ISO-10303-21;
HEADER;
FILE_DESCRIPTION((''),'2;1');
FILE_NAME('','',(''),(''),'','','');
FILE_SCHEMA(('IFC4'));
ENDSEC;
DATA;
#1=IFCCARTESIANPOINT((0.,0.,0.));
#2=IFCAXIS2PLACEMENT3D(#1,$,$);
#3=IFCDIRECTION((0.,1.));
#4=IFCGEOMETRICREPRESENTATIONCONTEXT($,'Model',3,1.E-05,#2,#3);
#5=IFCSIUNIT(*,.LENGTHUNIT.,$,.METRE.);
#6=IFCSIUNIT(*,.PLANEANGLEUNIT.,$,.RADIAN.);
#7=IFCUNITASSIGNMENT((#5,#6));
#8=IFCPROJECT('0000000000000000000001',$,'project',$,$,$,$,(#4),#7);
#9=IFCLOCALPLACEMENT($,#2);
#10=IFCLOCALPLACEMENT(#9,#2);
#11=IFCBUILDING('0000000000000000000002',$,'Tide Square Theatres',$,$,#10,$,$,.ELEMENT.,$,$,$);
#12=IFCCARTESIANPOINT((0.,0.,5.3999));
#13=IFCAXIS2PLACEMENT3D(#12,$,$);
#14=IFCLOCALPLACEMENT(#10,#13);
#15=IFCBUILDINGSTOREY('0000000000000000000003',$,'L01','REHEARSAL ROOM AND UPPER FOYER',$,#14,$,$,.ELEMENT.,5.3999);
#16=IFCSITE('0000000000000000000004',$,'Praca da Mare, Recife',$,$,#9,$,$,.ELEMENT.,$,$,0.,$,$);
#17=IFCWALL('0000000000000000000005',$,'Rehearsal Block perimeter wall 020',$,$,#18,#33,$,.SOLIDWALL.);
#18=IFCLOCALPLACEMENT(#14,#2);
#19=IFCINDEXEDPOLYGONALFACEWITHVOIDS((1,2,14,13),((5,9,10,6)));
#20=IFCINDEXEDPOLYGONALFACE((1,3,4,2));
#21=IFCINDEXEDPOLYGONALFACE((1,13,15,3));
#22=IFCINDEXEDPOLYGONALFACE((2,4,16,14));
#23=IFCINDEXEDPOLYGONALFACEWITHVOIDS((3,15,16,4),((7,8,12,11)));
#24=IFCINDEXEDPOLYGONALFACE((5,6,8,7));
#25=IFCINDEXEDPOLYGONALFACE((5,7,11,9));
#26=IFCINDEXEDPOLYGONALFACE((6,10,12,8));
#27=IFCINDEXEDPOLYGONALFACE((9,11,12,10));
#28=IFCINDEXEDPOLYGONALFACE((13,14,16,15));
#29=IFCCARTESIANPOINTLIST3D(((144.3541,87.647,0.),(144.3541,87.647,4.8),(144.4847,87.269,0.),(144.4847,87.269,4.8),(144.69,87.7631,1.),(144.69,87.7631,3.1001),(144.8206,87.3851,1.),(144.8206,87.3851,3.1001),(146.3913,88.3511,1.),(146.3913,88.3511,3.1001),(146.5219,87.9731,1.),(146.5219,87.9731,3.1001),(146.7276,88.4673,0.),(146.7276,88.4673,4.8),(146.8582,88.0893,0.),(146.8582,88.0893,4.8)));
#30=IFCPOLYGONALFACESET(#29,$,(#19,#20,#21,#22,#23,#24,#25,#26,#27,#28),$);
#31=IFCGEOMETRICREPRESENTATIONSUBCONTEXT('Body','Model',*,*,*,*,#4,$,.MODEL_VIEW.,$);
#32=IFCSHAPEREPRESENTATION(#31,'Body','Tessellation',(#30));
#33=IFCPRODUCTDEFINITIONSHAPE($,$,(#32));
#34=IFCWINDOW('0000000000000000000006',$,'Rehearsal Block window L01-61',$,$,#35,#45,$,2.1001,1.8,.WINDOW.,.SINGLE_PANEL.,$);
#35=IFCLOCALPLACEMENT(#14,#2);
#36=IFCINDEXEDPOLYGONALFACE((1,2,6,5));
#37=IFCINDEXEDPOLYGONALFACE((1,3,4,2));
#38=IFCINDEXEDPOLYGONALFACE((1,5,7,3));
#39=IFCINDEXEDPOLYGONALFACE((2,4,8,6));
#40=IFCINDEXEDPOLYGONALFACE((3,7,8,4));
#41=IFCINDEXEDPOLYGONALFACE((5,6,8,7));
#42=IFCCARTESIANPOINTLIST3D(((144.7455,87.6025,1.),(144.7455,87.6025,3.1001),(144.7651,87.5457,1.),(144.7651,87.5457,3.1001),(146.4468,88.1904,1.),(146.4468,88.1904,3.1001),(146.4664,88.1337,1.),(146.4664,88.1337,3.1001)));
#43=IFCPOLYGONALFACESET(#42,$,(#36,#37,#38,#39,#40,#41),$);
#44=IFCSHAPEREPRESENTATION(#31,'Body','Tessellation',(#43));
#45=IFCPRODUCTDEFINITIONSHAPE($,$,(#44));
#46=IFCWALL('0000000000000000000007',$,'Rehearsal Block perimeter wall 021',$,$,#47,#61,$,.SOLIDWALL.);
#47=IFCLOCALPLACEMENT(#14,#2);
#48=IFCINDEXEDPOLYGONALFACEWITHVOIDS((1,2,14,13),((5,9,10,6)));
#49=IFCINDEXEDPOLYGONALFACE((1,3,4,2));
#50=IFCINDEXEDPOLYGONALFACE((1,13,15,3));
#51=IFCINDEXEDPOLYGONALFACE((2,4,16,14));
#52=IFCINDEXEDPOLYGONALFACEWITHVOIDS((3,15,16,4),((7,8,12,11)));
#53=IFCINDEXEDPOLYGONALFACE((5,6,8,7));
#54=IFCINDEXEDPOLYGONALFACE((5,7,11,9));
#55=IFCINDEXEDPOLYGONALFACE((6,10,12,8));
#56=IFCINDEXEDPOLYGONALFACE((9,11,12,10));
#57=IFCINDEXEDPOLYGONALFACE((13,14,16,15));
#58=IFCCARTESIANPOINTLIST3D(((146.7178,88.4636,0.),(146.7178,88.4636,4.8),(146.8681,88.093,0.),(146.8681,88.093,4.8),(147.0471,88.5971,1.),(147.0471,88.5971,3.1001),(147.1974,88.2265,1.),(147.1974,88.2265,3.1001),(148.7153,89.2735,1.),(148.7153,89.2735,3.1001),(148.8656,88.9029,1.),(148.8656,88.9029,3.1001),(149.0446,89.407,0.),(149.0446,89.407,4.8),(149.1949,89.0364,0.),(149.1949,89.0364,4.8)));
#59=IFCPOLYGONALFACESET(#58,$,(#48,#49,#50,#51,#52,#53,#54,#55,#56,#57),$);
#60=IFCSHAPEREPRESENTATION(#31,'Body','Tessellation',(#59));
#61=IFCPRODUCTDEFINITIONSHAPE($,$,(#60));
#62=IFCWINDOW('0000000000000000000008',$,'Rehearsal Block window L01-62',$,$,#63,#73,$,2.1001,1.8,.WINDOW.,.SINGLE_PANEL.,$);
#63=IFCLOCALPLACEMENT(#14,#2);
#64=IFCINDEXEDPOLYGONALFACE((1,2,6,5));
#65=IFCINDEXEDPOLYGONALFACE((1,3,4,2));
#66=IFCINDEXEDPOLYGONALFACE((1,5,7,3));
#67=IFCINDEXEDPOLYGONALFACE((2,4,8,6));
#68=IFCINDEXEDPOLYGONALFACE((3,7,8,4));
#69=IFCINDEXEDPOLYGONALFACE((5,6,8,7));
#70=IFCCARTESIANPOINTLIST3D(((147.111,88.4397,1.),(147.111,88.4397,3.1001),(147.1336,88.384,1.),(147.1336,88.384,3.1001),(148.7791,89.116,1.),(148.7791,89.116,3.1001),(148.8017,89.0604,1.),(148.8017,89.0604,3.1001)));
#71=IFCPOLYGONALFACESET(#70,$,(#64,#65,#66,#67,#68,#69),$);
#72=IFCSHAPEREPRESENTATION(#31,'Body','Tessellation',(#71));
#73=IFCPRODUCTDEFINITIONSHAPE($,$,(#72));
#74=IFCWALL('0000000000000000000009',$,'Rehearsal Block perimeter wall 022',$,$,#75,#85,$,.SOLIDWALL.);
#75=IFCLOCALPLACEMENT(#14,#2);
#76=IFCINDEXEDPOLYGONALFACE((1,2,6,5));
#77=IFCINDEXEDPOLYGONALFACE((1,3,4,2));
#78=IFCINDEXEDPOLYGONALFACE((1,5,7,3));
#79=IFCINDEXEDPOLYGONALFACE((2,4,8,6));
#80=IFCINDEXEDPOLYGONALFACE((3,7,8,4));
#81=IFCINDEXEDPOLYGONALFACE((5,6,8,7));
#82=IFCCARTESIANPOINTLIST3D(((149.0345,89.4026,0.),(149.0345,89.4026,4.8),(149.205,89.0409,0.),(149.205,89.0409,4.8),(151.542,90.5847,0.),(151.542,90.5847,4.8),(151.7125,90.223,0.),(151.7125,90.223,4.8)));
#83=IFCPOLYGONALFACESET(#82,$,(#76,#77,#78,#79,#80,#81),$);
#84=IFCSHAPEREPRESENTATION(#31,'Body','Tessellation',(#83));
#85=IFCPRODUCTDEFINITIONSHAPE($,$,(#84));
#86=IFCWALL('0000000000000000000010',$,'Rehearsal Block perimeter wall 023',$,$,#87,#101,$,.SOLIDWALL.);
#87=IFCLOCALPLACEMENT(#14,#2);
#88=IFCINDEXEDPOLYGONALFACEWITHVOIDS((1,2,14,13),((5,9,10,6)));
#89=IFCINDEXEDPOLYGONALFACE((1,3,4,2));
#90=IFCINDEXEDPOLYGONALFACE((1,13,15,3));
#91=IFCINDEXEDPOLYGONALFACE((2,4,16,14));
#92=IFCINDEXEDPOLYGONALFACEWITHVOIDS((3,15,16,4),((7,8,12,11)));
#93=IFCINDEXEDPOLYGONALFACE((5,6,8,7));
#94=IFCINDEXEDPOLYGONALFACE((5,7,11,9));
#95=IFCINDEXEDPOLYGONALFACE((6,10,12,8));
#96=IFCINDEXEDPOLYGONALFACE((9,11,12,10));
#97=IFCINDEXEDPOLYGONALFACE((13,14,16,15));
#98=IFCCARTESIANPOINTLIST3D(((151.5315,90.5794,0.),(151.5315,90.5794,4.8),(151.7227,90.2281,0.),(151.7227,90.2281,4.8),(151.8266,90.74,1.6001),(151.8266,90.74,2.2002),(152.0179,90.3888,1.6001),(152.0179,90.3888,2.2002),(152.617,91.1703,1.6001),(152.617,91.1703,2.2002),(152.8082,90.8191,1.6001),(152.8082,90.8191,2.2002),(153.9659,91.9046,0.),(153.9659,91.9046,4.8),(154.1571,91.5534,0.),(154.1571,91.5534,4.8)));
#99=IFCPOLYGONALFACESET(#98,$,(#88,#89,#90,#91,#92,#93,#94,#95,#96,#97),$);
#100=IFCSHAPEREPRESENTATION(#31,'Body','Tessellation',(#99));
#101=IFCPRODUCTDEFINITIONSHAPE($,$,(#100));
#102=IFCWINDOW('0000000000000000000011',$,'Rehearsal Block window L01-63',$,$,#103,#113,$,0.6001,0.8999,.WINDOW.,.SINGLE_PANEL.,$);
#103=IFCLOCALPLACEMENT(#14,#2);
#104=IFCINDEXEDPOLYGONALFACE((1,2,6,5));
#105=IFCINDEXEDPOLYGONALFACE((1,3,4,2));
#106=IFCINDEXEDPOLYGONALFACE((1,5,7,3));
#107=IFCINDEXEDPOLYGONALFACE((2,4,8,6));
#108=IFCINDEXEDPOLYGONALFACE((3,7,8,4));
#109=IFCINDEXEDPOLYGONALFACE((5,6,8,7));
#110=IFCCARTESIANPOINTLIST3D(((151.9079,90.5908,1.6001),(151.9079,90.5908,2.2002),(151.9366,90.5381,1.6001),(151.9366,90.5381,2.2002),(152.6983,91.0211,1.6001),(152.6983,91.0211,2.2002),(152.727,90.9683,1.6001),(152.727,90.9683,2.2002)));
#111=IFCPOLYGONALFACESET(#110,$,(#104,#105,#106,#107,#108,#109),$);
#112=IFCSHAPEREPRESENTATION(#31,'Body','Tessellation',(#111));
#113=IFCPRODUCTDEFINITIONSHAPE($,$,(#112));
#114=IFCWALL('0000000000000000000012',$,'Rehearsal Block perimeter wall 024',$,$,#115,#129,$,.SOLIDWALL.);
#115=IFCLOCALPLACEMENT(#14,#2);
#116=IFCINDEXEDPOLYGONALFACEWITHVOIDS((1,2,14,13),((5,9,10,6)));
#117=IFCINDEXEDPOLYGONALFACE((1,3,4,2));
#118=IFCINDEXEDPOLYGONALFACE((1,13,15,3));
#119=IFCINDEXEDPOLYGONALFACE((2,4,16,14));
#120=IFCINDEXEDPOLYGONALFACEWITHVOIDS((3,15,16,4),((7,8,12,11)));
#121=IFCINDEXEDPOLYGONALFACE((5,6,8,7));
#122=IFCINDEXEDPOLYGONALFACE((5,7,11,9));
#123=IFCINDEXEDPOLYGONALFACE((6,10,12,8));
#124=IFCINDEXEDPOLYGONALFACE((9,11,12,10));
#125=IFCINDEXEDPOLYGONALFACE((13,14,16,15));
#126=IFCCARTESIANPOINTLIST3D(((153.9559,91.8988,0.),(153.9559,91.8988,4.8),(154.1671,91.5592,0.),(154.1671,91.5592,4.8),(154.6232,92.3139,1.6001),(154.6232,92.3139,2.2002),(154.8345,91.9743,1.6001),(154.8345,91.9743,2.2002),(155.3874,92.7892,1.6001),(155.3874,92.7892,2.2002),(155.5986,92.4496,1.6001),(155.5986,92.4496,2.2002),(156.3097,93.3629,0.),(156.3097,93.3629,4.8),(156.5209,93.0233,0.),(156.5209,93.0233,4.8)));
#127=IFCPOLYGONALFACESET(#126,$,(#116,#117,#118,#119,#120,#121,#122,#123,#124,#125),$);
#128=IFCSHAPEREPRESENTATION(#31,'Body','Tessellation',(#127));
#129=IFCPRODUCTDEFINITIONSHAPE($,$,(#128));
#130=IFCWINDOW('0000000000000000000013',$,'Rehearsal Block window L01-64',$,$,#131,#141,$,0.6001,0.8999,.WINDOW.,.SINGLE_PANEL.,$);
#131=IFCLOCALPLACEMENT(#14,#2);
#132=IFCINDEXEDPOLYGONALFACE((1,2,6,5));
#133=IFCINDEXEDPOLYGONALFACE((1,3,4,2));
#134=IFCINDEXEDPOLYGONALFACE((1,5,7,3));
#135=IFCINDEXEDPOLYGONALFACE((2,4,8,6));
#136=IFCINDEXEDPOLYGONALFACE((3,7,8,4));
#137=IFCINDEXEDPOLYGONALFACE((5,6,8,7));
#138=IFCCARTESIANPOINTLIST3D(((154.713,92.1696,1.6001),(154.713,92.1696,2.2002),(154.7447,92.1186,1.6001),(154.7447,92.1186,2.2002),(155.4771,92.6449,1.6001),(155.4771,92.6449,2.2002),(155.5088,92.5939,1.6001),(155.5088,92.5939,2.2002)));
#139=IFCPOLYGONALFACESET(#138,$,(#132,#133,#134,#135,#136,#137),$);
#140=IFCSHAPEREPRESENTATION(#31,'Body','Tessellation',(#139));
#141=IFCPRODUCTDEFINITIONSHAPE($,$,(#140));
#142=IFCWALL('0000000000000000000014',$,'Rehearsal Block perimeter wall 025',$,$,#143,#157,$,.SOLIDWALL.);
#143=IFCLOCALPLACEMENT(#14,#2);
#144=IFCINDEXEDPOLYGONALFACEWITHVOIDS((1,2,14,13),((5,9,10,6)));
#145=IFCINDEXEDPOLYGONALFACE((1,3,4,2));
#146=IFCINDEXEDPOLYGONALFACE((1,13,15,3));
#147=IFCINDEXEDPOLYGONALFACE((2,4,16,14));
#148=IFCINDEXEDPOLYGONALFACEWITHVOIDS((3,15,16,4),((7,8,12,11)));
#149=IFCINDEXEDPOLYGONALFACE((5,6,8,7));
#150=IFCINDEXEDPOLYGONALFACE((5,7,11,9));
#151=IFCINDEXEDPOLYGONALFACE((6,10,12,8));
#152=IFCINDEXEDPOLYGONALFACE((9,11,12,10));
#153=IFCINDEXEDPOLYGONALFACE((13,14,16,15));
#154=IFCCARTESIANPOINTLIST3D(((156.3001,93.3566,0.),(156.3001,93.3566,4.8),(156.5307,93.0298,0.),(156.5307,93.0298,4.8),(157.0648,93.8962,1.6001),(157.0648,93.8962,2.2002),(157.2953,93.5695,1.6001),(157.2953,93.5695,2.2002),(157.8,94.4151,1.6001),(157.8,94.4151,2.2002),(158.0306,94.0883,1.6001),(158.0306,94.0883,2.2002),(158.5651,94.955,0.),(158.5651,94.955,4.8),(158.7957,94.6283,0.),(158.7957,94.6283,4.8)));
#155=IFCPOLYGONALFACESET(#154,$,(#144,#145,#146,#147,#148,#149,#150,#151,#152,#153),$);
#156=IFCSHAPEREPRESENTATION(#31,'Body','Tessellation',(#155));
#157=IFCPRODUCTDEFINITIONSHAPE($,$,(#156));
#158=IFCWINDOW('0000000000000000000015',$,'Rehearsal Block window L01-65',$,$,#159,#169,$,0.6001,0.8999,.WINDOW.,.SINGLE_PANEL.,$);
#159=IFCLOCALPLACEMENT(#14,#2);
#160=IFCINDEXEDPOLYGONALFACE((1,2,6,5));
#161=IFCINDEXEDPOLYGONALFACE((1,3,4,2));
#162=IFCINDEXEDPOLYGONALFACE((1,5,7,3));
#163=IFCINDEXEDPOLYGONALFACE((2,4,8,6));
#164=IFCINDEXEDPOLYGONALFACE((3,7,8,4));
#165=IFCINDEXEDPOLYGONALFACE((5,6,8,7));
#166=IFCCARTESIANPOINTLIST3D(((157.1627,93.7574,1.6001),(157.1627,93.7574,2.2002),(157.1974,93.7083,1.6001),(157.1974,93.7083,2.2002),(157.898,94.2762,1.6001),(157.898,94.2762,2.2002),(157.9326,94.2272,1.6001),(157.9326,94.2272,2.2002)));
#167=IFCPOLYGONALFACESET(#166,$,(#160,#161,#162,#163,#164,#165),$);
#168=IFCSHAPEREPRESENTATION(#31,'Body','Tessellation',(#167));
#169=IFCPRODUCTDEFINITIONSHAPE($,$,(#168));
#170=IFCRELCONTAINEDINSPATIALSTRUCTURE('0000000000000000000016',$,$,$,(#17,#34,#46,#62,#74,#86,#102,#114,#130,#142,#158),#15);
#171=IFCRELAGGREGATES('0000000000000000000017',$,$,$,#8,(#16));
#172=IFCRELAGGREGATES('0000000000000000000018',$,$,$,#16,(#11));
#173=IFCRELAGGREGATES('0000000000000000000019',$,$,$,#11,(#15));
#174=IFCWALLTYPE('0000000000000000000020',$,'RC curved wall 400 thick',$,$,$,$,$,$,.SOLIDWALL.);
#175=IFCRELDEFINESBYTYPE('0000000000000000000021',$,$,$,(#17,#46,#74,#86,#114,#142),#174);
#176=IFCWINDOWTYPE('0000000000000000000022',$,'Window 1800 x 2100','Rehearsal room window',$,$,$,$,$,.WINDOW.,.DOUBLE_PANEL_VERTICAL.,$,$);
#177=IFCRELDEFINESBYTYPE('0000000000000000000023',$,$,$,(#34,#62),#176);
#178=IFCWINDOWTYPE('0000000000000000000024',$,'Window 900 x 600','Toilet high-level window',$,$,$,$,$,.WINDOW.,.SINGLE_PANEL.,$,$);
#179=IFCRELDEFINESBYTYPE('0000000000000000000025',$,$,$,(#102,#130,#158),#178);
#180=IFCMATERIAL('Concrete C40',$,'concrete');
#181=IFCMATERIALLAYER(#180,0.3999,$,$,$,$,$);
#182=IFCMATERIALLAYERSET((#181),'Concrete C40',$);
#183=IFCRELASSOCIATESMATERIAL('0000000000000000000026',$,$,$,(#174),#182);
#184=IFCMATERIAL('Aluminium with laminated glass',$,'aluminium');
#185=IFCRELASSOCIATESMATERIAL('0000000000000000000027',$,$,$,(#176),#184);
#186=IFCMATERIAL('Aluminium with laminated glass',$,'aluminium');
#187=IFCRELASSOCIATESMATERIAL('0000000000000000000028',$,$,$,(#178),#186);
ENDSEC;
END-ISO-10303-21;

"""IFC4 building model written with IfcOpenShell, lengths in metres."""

from ifc_helpers import new_model, si_unit, direction, frame, frame_2d, origin, place, context, subcontext, project, spatial, rectangle, extrude, material, layer, layer_set, type_object, element, fill, save


model = new_model("IFC4")

# Units and contexts
model_context = context("Model", 3, precision=1e-05, world=origin(), true_north=direction((0.0, 1.0)))
body_context = subcontext(model_context, "Body", "Model", "MODEL_VIEW")
ifc_project = project(units=[si_unit("LENGTHUNIT", "METRE"), si_unit("PLANEANGLEUNIT", "RADIAN")], contexts=[model_context])

# Site, building, storey
site_placement = place(None, origin())
site = spatial("IfcSite", under=ifc_project, at=site_placement, Name="Praca da Mare, Recife", CompositionType="ELEMENT", RefElevation=0.0)
building_placement = place(site_placement, origin())
building = spatial("IfcBuilding", under=site, at=building_placement, Name="Tide Square Theatres", CompositionType="ELEMENT")
storey_placement = place(building_placement, frame((0.0, 0.0, 5.3999)))
storey = spatial("IfcBuildingStorey", under=building, at=storey_placement, Name="L01", Description="REHEARSAL ROOM AND UPPER FOYER", CompositionType="ELEMENT", Elevation=5.3999)

# Walls, openings, windows
ifc_material_1 = material(Name="Concrete C40", Category="concrete")
ifc_layer_1 = layer(ifc_material_1, 0.3999)
ifc_layer_set_1 = layer_set([ifc_layer_1], Name="Concrete C40")
wall_type_1 = type_object("IfcWallType", Name="RC curved wall 400 thick", PredefinedType="SOLIDWALL", material=ifc_layer_set_1)
ifc_material_2 = material(Name="Aluminium with laminated glass", Category="aluminium")
window_type_1 = type_object("IfcWindowType", Name="Window 1800 x 2100", Description="Rehearsal room window", PartitioningType="DOUBLE_PANEL_VERTICAL", PredefinedType="WINDOW", material=ifc_material_2)
wall_1_placement = place(storey_placement, frame((144.4194, 87.458, 0.0), z_axis=(0.0, 0.0, 1.0), x_axis=(0.945145, 0.32665, 0.0)))
wall_1 = element("IfcWall", 1, at=wall_1_placement, inside=storey, type_object=wall_type_1, Name="Rehearsal Block perimeter wall 020", PredefinedType="SOLIDWALL", context=body_context, shape_type="SweptSolid", body=[
    extrude(rectangle(XDim=2.5112, YDim=0.3999, at=frame_2d((1.2556, 0.0))), origin(), (0.0, 0.0, 1.0), 4.8),
])
opening_1_placement = place(wall_1_placement, frame((0.3555, 0.0, 1.0)))
opening_1 = element("IfcOpeningElement", 2, at=opening_1_placement, cuts=wall_1, PredefinedType="OPENING", context=body_context, shape_type="SweptSolid", body=[
    extrude(rectangle(XDim=1.8, YDim=2.1001, at=frame_2d((0.8999, 1.05))), frame((0.0, 0.21, 0.0), z_axis=(0.0, -1.0, 0.0), x_axis=(1.0, 0.0, 0.0)), (0.0, 0.0, 1.0), 0.4199),
])
window_1_placement = place(opening_1_placement, origin())
window_1 = element("IfcWindow", 3, at=window_1_placement, inside=storey, type_object=window_type_1, Name="Rehearsal Block window L01-61", OverallHeight=2.1001, OverallWidth=1.8, PartitioningType="SINGLE_PANEL", PredefinedType="WINDOW", context=body_context, shape_type="SweptSolid", body=[
    extrude(rectangle(XDim=1.8, YDim=2.1001, at=frame_2d((0.8999, 1.05))), frame((0.0, 0.03, 0.0), z_axis=(0.0, -1.0, 0.0), x_axis=(1.0, 0.0, 0.0)), (0.0, 0.0, 1.0), 0.0601),
])
fill(opening_1, window_1)
wall_2_placement = place(storey_placement, frame((146.793, 88.2783, 0.0), z_axis=(0.0, 0.0, 1.0), x_axis=(0.926723, 0.375746, 0.0)))
wall_2 = element("IfcWall", 4, at=wall_2_placement, inside=storey, type_object=wall_type_1, Name="Rehearsal Block perimeter wall 021", PredefinedType="SOLIDWALL", context=body_context, shape_type="SweptSolid", body=[
    extrude(rectangle(XDim=2.5107, YDim=0.3999, at=frame_2d((1.2554, 0.0))), origin(), (0.0, 0.0, 1.0), 4.8),
])
opening_2_placement = place(wall_2_placement, frame((0.3555, 0.0, 1.0)))
opening_2 = element("IfcOpeningElement", 5, at=opening_2_placement, cuts=wall_2, PredefinedType="OPENING", context=body_context, shape_type="SweptSolid", body=[
    extrude(rectangle(XDim=1.8, YDim=2.1001, at=frame_2d((0.8999, 1.05))), frame((0.0, 0.21, 0.0), z_axis=(0.0, -1.0, 0.0), x_axis=(1.0, 0.0, 0.0)), (0.0, 0.0, 1.0), 0.4199),
])
window_2_placement = place(opening_2_placement, origin())
window_2 = element("IfcWindow", 6, at=window_2_placement, inside=storey, type_object=window_type_1, Name="Rehearsal Block window L01-62", OverallHeight=2.1001, OverallWidth=1.8, PartitioningType="SINGLE_PANEL", PredefinedType="WINDOW", context=body_context, shape_type="SweptSolid", body=[
    extrude(rectangle(XDim=1.8, YDim=2.1001, at=frame_2d((0.8999, 1.05))), frame((0.0, 0.03, 0.0), z_axis=(0.0, -1.0, 0.0), x_axis=(1.0, 0.0, 0.0)), (0.0, 0.0, 1.0), 0.0601),
])
fill(opening_2, window_2)

# Wall
wall_3_placement = place(storey_placement, frame((149.1196, 89.2217, 0.0), z_axis=(0.0, 0.0, 1.0), x_axis=(0.904527, 0.426416, 0.0)))
element("IfcWall", 7, at=wall_3_placement, inside=storey, type_object=wall_type_1, Name="Rehearsal Block perimeter wall 022", PredefinedType="SOLIDWALL", context=body_context, shape_type="SweptSolid", body=[
    extrude(rectangle(XDim=2.7722, YDim=0.3999, at=frame_2d((1.3862, 0.0))), origin(), (0.0, 0.0, 1.0), 4.8),
])

# Walls, openings, windows
wall_4_placement = place(storey_placement, frame((151.6272, 90.4038, 0.0), z_axis=(0.0, 0.0, 1.0), x_axis=(0.878292, 0.478124, 0.0)))
wall_4 = element("IfcWall", 8, at=wall_4_placement, inside=storey, type_object=wall_type_1, Name="Rehearsal Block perimeter wall 023", PredefinedType="SOLIDWALL", context=body_context, shape_type="SweptSolid", body=[
    extrude(rectangle(XDim=2.7717, YDim=0.3999, at=frame_2d((1.3857, 0.0))), origin(), (0.0, 0.0, 1.0), 4.8),
])
opening_3_placement = place(wall_4_placement, frame((0.3359, 0.0, 1.6001)))
opening_3 = element("IfcOpeningElement", 9, at=opening_3_placement, cuts=wall_4, PredefinedType="OPENING", context=body_context, shape_type="SweptSolid", body=[
    extrude(rectangle(XDim=0.8999, YDim=0.6001, at=frame_2d((0.45, 0.3))), frame((0.0, 0.21, 0.0), z_axis=(0.0, -1.0, 0.0), x_axis=(1.0, 0.0, 0.0)), (0.0, 0.0, 1.0), 0.4199),
])
ifc_material_3 = material(Name="Aluminium with laminated glass", Category="aluminium")
window_type_2 = type_object("IfcWindowType", Name="Window 900 x 600", Description="Toilet high-level window", PartitioningType="SINGLE_PANEL", PredefinedType="WINDOW", material=ifc_material_3)
window_3_placement = place(opening_3_placement, origin())
window_3 = element("IfcWindow", 10, at=window_3_placement, inside=storey, type_object=window_type_2, Name="Rehearsal Block window L01-63", OverallHeight=0.6001, OverallWidth=0.8999, PartitioningType="SINGLE_PANEL", PredefinedType="WINDOW", context=body_context, shape_type="SweptSolid", body=[
    extrude(rectangle(XDim=0.8999, YDim=0.6001, at=frame_2d((0.45, 0.3))), frame((0.0, 0.03, 0.0), z_axis=(0.0, -1.0, 0.0), x_axis=(1.0, 0.0, 0.0)), (0.0, 0.0, 1.0), 0.0601),
])
fill(opening_3, window_3)
wall_5_placement = place(storey_placement, frame((154.0615, 91.729, 0.0), z_axis=(0.0, 0.0, 1.0), x_axis=(0.849129, 0.528185, 0.0)))
wall_5 = element("IfcWall", 11, at=wall_5_placement, inside=storey, type_object=wall_type_1, Name="Rehearsal Block perimeter wall 024", PredefinedType="SOLIDWALL", context=body_context, shape_type="SweptSolid", body=[
    extrude(rectangle(XDim=2.772, YDim=0.3999, at=frame_2d((1.386, 0.0))), origin(), (0.0, 0.0, 1.0), 4.8),
])
opening_4_placement = place(wall_5_placement, frame((0.7859, 0.0, 1.6001)))
opening_4 = element("IfcOpeningElement", 12, at=opening_4_placement, cuts=wall_5, PredefinedType="OPENING", context=body_context, shape_type="SweptSolid", body=[
    extrude(rectangle(XDim=0.8999, YDim=0.6001, at=frame_2d((0.45, 0.3))), frame((0.0, 0.21, 0.0), z_axis=(0.0, -1.0, 0.0), x_axis=(1.0, 0.0, 0.0)), (0.0, 0.0, 1.0), 0.4199),
])
window_4_placement = place(opening_4_placement, origin())
window_4 = element("IfcWindow", 13, at=window_4_placement, inside=storey, type_object=window_type_2, Name="Rehearsal Block window L01-64", OverallHeight=0.6001, OverallWidth=0.8999, PartitioningType="SINGLE_PANEL", PredefinedType="WINDOW", context=body_context, shape_type="SweptSolid", body=[
    extrude(rectangle(XDim=0.8999, YDim=0.6001, at=frame_2d((0.45, 0.3))), frame((0.0, 0.03, 0.0), z_axis=(0.0, -1.0, 0.0), x_axis=(1.0, 0.0, 0.0)), (0.0, 0.0, 1.0), 0.0601),
])
fill(opening_4, window_4)
wall_6_placement = place(storey_placement, frame((156.4153, 93.1931, 0.0), z_axis=(0.0, 0.0, 1.0), x_axis=(0.817029, 0.576597, 0.0)))
wall_6 = element("IfcWall", 14, at=wall_6_placement, inside=storey, type_object=wall_type_1, Name="Rehearsal Block perimeter wall 025", PredefinedType="SOLIDWALL", context=body_context, shape_type="SweptSolid", body=[
    extrude(rectangle(XDim=2.7722, YDim=0.3999, at=frame_2d((1.3862, 0.0))), origin(), (0.0, 0.0, 1.0), 4.8),
])
opening_5_placement = place(wall_6_placement, frame((0.936, 0.0, 1.6001)))
opening_5 = element("IfcOpeningElement", 15, at=opening_5_placement, cuts=wall_6, PredefinedType="OPENING", context=body_context, shape_type="SweptSolid", body=[
    extrude(rectangle(XDim=0.8999, YDim=0.6001, at=frame_2d((0.45, 0.3))), frame((0.0, 0.21, 0.0), z_axis=(0.0, -1.0, 0.0), x_axis=(1.0, 0.0, 0.0)), (0.0, 0.0, 1.0), 0.4199),
])
window_5_placement = place(opening_5_placement, origin())
window_5 = element("IfcWindow", 16, at=window_5_placement, inside=storey, type_object=window_type_2, Name="Rehearsal Block window L01-65", OverallHeight=0.6001, OverallWidth=0.8999, PartitioningType="SINGLE_PANEL", PredefinedType="WINDOW", context=body_context, shape_type="SweptSolid", body=[
    extrude(rectangle(XDim=0.8999, YDim=0.6001, at=frame_2d((0.45, 0.3))), frame((0.0, 0.03, 0.0), z_axis=(0.0, -1.0, 0.0), x_axis=(1.0, 0.0, 0.0)), (0.0, 0.0, 1.0), 0.0601),
])
fill(opening_5, window_5)

save(model, "model.ifc")
